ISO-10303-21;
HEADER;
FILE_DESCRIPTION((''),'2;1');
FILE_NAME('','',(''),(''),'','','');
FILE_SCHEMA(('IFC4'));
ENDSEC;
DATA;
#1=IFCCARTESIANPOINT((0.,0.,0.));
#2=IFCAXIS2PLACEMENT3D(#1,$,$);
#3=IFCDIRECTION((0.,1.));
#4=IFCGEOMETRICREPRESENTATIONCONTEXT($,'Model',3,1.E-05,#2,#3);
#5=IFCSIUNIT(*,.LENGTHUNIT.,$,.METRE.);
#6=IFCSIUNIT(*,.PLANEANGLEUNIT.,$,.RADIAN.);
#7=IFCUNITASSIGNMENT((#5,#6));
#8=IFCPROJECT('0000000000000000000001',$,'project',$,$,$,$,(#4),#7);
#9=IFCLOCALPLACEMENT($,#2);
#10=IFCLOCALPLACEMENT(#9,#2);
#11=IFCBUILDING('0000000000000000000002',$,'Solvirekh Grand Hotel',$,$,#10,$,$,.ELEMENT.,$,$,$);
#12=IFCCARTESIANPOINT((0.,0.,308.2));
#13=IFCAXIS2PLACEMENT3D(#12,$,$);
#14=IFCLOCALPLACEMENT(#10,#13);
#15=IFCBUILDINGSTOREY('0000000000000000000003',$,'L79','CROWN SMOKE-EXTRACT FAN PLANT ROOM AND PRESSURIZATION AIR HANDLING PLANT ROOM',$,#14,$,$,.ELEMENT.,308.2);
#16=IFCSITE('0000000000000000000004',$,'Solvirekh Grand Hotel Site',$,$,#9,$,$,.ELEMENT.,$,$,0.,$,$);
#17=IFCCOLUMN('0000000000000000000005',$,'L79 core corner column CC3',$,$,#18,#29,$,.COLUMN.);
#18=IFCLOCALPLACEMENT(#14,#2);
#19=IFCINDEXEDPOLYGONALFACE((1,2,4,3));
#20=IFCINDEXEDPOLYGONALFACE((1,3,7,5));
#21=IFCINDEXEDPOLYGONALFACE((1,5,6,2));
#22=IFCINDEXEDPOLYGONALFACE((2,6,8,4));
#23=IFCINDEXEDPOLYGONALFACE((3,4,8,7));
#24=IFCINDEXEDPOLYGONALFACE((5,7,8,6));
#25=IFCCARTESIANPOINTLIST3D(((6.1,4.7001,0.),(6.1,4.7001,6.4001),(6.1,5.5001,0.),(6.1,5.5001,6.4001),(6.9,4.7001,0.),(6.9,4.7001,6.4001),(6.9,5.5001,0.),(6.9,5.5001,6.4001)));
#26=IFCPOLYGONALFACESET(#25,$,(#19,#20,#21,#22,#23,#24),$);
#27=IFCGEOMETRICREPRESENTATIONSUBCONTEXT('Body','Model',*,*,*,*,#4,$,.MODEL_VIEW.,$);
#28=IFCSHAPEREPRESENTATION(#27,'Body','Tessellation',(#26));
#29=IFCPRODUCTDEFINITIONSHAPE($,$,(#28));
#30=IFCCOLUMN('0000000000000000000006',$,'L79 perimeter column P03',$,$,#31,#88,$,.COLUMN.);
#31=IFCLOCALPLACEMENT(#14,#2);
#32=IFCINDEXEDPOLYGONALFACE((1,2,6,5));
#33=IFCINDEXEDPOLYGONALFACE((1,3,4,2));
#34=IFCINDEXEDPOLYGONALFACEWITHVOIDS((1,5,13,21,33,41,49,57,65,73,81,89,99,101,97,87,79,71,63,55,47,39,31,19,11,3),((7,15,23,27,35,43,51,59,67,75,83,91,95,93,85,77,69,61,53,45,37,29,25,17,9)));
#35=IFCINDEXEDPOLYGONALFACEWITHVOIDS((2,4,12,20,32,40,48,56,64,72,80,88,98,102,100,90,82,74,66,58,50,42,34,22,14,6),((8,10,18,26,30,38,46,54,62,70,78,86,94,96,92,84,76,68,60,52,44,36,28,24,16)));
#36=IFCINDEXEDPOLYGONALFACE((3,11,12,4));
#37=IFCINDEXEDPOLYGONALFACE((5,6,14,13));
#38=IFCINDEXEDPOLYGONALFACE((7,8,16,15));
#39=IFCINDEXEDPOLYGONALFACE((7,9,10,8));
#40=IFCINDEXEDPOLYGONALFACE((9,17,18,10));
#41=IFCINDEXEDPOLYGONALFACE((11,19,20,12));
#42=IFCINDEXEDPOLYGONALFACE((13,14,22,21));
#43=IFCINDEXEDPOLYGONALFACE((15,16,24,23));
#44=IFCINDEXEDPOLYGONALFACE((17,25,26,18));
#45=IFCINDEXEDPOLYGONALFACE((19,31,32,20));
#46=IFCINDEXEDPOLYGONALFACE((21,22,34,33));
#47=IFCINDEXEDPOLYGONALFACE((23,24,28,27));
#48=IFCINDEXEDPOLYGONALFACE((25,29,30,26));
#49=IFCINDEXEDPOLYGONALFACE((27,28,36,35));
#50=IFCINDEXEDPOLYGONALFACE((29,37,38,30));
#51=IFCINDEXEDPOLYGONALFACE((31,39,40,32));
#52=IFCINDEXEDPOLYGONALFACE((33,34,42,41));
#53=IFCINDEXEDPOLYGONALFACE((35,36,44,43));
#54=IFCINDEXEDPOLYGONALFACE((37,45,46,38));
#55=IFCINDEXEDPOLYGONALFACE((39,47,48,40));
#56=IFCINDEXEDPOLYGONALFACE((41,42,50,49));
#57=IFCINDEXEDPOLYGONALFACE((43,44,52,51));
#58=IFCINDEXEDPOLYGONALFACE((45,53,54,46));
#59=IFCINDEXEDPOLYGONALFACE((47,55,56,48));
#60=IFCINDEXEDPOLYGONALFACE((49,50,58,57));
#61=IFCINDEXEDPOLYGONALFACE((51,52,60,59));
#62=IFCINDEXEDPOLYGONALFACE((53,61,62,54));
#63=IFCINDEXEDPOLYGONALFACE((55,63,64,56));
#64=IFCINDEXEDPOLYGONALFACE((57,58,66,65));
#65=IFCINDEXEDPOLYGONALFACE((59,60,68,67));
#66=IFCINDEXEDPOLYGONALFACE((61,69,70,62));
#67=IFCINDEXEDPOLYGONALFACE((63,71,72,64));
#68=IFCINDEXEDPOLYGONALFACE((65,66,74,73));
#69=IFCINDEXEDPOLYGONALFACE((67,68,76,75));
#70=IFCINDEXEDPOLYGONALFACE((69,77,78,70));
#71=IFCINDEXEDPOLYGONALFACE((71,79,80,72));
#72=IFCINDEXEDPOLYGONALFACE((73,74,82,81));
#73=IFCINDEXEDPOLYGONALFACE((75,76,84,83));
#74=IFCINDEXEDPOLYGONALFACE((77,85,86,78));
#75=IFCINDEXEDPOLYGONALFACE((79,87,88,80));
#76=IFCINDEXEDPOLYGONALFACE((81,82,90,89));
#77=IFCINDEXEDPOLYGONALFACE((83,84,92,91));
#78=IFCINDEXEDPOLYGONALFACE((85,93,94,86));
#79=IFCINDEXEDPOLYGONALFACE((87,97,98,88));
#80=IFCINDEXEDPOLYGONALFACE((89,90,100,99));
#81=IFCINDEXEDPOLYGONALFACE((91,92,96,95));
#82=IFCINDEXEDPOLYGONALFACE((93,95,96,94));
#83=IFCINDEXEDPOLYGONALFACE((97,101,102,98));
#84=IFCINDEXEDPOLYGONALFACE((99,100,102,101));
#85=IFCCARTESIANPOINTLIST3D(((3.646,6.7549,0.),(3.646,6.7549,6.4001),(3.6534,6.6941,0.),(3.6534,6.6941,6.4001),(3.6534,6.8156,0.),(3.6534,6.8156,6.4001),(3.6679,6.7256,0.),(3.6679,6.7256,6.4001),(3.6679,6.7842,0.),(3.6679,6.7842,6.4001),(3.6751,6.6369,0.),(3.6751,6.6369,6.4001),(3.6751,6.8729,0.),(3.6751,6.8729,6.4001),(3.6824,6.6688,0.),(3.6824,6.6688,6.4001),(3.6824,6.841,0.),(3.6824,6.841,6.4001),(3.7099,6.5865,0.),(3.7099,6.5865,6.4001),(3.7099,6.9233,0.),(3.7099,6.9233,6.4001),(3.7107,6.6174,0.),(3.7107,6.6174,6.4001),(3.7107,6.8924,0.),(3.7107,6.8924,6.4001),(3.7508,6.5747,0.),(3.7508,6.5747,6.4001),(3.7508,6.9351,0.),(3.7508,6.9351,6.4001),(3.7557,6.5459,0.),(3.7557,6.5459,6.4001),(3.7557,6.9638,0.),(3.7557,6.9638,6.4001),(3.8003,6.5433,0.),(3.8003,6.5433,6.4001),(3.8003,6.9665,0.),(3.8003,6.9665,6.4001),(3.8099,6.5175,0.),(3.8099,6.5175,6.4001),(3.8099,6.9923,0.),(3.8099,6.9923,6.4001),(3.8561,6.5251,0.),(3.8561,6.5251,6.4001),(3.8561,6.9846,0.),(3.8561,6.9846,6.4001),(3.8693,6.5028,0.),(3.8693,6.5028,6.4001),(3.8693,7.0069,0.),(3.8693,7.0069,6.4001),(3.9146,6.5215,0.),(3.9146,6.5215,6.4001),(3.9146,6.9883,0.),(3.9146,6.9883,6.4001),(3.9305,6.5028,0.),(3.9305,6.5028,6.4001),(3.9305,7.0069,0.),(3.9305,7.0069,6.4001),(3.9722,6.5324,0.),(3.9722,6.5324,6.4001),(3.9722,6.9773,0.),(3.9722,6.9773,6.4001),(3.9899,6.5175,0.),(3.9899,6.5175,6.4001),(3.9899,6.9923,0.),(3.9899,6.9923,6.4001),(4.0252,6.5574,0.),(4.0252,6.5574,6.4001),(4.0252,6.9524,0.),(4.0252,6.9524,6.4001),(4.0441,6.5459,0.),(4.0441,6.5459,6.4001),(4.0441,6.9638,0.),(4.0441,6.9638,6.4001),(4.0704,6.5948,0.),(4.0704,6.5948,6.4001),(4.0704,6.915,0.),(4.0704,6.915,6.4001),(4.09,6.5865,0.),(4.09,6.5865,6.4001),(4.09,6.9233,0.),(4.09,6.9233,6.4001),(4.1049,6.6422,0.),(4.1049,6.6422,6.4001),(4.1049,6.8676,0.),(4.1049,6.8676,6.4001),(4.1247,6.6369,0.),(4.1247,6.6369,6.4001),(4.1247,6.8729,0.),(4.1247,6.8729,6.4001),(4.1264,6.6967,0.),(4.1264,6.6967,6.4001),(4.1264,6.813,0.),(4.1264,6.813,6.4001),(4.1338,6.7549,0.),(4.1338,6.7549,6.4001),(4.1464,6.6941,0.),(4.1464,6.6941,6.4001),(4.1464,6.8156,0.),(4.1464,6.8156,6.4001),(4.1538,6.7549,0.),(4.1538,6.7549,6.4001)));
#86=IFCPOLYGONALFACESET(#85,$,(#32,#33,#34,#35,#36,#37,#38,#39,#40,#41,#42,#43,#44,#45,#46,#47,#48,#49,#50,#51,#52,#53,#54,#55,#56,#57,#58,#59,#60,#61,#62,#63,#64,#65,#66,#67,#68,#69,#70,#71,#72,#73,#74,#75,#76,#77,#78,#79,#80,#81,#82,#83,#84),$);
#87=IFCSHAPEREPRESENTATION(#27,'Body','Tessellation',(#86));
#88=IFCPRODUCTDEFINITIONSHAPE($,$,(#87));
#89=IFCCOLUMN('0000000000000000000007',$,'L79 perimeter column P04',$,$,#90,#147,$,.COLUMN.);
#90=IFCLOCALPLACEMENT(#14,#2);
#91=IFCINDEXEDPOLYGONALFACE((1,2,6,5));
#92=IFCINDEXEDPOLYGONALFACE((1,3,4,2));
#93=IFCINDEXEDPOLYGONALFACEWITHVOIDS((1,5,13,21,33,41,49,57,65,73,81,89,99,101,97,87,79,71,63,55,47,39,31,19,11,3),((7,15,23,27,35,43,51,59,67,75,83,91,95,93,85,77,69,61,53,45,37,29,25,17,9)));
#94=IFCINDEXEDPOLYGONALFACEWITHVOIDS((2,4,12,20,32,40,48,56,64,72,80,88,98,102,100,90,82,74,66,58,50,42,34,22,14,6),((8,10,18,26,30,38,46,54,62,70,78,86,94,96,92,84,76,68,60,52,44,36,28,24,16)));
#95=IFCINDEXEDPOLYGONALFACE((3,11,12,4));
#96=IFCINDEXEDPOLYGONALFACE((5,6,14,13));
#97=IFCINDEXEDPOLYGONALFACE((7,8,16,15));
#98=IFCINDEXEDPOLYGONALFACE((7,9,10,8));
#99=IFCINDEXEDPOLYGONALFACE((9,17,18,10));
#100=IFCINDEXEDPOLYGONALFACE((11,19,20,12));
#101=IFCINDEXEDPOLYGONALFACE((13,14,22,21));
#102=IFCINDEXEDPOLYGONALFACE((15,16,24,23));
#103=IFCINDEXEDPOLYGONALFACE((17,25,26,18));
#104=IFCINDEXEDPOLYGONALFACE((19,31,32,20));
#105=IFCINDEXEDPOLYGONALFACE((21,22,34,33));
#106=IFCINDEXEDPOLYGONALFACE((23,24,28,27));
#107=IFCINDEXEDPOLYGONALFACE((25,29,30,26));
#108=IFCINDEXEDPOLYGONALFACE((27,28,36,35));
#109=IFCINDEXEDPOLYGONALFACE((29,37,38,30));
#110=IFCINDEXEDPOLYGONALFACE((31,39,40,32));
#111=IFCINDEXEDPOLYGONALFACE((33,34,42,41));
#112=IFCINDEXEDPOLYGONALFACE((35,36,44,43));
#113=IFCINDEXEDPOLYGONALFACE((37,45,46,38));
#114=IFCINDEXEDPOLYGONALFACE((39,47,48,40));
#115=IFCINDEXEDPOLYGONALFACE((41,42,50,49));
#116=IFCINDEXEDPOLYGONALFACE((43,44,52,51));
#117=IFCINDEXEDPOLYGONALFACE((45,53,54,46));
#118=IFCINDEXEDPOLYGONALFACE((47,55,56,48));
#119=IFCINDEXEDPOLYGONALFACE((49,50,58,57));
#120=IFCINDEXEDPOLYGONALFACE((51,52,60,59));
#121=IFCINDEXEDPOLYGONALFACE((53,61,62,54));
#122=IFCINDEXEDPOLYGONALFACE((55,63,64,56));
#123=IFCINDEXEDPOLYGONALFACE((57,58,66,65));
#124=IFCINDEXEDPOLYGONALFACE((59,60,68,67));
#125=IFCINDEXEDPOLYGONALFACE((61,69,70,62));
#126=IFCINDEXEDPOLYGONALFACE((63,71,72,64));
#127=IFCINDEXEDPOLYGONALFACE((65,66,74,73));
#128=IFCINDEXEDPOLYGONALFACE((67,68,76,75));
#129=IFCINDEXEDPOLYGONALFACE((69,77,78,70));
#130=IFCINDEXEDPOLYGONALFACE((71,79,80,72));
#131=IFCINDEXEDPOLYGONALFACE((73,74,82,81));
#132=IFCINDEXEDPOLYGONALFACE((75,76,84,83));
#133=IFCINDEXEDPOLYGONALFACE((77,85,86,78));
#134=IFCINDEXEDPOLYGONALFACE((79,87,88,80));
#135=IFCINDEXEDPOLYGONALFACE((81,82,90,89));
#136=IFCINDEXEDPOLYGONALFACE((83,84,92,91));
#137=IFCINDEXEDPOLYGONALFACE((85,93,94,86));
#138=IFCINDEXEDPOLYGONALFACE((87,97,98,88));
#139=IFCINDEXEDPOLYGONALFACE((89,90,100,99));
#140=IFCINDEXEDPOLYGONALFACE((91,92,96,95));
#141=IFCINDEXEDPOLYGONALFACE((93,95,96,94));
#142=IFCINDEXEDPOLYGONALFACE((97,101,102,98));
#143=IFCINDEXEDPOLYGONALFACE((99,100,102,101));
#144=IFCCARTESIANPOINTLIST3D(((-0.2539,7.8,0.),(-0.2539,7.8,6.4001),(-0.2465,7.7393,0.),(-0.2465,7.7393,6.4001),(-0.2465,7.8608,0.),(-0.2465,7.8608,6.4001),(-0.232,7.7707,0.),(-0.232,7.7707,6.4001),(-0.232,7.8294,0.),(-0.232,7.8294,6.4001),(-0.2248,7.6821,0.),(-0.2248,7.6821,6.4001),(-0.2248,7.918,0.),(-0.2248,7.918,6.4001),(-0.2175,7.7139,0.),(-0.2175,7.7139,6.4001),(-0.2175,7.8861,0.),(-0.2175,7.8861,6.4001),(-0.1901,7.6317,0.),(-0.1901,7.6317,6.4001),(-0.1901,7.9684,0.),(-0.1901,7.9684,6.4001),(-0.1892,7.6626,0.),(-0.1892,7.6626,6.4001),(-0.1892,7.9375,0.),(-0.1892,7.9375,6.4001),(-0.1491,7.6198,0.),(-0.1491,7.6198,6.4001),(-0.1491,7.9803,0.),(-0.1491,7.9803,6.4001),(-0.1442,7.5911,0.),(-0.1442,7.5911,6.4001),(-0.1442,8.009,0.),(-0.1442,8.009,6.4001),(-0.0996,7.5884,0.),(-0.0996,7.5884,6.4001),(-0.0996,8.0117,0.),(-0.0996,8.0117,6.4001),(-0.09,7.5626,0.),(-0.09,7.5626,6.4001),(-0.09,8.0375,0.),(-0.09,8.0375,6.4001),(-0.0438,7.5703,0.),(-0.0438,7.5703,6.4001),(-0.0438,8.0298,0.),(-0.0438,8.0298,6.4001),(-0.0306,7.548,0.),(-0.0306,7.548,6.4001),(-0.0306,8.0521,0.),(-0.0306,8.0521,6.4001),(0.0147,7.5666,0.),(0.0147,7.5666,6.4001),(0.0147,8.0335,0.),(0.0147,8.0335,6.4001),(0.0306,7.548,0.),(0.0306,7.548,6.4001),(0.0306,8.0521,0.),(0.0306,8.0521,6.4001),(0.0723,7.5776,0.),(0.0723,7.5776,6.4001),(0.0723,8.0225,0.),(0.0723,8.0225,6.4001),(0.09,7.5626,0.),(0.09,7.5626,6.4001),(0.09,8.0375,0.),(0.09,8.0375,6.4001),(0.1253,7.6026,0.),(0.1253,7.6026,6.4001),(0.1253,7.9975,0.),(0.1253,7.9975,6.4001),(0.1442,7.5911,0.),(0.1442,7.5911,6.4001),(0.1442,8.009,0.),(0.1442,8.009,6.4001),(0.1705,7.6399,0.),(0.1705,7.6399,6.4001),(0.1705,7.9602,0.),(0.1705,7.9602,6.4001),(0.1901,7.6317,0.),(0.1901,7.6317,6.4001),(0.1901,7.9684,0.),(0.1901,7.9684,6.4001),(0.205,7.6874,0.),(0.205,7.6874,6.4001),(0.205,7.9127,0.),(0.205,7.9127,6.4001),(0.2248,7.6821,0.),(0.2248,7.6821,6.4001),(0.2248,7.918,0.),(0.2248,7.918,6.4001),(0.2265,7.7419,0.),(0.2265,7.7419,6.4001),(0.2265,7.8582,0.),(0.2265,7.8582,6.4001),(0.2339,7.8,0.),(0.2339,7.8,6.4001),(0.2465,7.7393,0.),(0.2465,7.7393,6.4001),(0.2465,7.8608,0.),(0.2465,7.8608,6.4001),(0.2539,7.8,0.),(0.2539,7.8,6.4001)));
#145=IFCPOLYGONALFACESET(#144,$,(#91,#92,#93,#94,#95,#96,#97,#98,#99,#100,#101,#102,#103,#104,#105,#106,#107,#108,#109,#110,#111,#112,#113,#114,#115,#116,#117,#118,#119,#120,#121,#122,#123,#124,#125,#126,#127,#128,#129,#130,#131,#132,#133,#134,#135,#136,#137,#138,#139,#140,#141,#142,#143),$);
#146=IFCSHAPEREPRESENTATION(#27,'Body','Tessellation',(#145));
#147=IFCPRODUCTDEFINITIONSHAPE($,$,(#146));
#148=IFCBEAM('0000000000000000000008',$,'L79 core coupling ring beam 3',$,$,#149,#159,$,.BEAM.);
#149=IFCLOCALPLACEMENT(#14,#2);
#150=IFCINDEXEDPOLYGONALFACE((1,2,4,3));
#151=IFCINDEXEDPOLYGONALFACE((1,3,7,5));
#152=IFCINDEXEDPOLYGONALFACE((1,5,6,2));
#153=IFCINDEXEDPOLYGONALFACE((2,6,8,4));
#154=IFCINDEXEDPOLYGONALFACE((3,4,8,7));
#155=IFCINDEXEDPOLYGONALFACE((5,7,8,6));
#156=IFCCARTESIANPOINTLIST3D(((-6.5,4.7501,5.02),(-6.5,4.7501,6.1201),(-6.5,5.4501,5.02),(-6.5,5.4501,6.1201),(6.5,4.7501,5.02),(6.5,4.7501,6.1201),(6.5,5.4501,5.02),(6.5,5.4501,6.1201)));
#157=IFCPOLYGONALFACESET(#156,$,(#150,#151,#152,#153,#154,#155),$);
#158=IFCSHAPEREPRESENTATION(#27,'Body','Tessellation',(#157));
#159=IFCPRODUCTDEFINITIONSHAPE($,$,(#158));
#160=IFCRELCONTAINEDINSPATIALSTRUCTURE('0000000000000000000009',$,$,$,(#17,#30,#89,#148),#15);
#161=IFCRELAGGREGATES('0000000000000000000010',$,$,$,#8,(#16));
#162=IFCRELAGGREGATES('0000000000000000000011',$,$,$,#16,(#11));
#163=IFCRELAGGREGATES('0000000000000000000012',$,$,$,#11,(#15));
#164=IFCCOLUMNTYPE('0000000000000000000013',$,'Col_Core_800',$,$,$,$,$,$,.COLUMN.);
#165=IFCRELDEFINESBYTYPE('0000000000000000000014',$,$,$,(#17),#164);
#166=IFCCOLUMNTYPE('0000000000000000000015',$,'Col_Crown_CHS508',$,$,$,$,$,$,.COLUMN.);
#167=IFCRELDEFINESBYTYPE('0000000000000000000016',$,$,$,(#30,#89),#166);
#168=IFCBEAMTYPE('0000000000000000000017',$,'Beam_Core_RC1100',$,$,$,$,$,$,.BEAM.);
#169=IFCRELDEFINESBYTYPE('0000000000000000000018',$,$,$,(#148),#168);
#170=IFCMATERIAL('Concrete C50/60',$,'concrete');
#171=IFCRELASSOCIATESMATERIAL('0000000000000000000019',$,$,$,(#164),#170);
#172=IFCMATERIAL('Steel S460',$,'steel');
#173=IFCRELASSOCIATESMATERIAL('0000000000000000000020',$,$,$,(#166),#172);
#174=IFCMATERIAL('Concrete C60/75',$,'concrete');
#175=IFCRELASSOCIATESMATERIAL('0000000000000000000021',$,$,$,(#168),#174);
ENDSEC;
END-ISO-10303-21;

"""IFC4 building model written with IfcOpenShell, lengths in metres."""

from ifc_helpers import new_model, si_unit, direction, frame, origin, origin_2d, place, context, subcontext, project, spatial, rectangle, hollow_circle, extrude, material, material_profile, profile_set, type_object, element, save


model = new_model("IFC4")

# Units and contexts
model_context = context("Model", 3, precision=1e-05, world=origin(), true_north=direction((0.0, 1.0)))
body_context = subcontext(model_context, "Body", "Model", "MODEL_VIEW")
ifc_project = project(units=[si_unit("LENGTHUNIT", "METRE"), si_unit("PLANEANGLEUNIT", "RADIAN")], contexts=[model_context])

# Site, building, storey
site_placement = place(None, origin())
site = spatial("IfcSite", under=ifc_project, at=site_placement, Name="Solvirekh Grand Hotel Site", CompositionType="ELEMENT", RefElevation=0.0)
building_placement = place(site_placement, origin())
building = spatial("IfcBuilding", under=site, at=building_placement, Name="Solvirekh Grand Hotel", CompositionType="ELEMENT")
storey_placement = place(building_placement, frame((0.0, 0.0, 308.2)))
storey = spatial("IfcBuildingStorey", under=building, at=storey_placement, Name="L79", Description="CROWN SMOKE-EXTRACT FAN PLANT ROOM AND PRESSURIZATION AIR HANDLING PLANT ROOM", CompositionType="ELEMENT", Elevation=308.2)

# Columns
ifc_material_1 = material(Name="Concrete C50/60", Category="concrete")
ifc_material_profile_1 = material_profile(ifc_material_1, rectangle(XDim=0.8, YDim=0.8, at=origin_2d()), Name="RC 800X800")
ifc_profile_set_1 = profile_set([ifc_material_profile_1], Name="Concrete C50/60")
column_type_1 = type_object("IfcColumnType", Name="Col_Core_800", PredefinedType="COLUMN", material=ifc_profile_set_1)
column_placement = place(storey_placement, frame((6.5, 5.1001, 0.0), z_axis=(0.0, 0.0, 1.0), x_axis=(1.0, 0.0, 0.0)))
element("IfcColumn", 1, at=column_placement, inside=storey, type_object=column_type_1, Name="L79 core corner column CC3", PredefinedType="COLUMN", context=body_context, shape_type="SweptSolid", body=[
    extrude(rectangle(XDim=0.8, YDim=0.8, at=origin_2d()), origin(), (0.0, 0.0, 1.0), 6.4001),
])
ifc_material_2 = material(Name="Steel S460", Category="steel")
ifc_material_profile_2 = material_profile(ifc_material_2, hollow_circle(Radius=0.2539, WallThickness=0.02, at=origin_2d()), Name="CHS 508X20")
ifc_profile_set_2 = profile_set([ifc_material_profile_2], Name="Steel S460")
column_type_2 = type_object("IfcColumnType", Name="Col_Crown_CHS508", PredefinedType="COLUMN", material=ifc_profile_set_2)
for number, where, z_axis, x_axis, name in (
    (2, (3.8999, 6.7549, 0.0), (0.0, 0.0, 1.0), (1.0, 0.0, 0.0), "L79 perimeter column P03"),
    (3, (0.0, 7.8, 0.0), (0.0, 0.0, 1.0), (1.0, 0.0, 0.0), "L79 perimeter column P04"),
):
    element("IfcColumn", number, at=place(storey_placement, frame(where, z_axis=z_axis, x_axis=x_axis)), inside=storey, type_object=column_type_2, Name=name, PredefinedType="COLUMN", context=body_context, shape_type="SweptSolid", body=[
        extrude(hollow_circle(Radius=0.2539, WallThickness=0.02, at=origin_2d()), origin(), (0.0, 0.0, 1.0), 6.4001),
    ])

# Beam
ifc_material_3 = material(Name="Concrete C60/75", Category="concrete")
ifc_material_profile_3 = material_profile(ifc_material_3, rectangle(XDim=0.7, YDim=1.1001, at=origin_2d()), Name="RC BEAM 700X1100")
ifc_profile_set_3 = profile_set([ifc_material_profile_3], Name="Concrete C60/75")
beam_type_1 = type_object("IfcBeamType", Name="Beam_Core_RC1100", PredefinedType="BEAM", material=ifc_profile_set_3)
beam_placement = place(storey_placement, frame((6.5, 5.1001, 5.5701), z_axis=(-1.0, 0.0, 0.0), x_axis=(0.0, -1.0, 0.0)))
element("IfcBeam", 4, at=beam_placement, inside=storey, type_object=beam_type_1, Name="L79 core coupling ring beam 3", PredefinedType="BEAM", context=body_context, shape_type="SweptSolid", body=[
    extrude(rectangle(XDim=0.7, YDim=1.1001, at=origin_2d()), origin(), (0.0, 0.0, 1.0), 13.0),
])

save(model, "model.ifc")
